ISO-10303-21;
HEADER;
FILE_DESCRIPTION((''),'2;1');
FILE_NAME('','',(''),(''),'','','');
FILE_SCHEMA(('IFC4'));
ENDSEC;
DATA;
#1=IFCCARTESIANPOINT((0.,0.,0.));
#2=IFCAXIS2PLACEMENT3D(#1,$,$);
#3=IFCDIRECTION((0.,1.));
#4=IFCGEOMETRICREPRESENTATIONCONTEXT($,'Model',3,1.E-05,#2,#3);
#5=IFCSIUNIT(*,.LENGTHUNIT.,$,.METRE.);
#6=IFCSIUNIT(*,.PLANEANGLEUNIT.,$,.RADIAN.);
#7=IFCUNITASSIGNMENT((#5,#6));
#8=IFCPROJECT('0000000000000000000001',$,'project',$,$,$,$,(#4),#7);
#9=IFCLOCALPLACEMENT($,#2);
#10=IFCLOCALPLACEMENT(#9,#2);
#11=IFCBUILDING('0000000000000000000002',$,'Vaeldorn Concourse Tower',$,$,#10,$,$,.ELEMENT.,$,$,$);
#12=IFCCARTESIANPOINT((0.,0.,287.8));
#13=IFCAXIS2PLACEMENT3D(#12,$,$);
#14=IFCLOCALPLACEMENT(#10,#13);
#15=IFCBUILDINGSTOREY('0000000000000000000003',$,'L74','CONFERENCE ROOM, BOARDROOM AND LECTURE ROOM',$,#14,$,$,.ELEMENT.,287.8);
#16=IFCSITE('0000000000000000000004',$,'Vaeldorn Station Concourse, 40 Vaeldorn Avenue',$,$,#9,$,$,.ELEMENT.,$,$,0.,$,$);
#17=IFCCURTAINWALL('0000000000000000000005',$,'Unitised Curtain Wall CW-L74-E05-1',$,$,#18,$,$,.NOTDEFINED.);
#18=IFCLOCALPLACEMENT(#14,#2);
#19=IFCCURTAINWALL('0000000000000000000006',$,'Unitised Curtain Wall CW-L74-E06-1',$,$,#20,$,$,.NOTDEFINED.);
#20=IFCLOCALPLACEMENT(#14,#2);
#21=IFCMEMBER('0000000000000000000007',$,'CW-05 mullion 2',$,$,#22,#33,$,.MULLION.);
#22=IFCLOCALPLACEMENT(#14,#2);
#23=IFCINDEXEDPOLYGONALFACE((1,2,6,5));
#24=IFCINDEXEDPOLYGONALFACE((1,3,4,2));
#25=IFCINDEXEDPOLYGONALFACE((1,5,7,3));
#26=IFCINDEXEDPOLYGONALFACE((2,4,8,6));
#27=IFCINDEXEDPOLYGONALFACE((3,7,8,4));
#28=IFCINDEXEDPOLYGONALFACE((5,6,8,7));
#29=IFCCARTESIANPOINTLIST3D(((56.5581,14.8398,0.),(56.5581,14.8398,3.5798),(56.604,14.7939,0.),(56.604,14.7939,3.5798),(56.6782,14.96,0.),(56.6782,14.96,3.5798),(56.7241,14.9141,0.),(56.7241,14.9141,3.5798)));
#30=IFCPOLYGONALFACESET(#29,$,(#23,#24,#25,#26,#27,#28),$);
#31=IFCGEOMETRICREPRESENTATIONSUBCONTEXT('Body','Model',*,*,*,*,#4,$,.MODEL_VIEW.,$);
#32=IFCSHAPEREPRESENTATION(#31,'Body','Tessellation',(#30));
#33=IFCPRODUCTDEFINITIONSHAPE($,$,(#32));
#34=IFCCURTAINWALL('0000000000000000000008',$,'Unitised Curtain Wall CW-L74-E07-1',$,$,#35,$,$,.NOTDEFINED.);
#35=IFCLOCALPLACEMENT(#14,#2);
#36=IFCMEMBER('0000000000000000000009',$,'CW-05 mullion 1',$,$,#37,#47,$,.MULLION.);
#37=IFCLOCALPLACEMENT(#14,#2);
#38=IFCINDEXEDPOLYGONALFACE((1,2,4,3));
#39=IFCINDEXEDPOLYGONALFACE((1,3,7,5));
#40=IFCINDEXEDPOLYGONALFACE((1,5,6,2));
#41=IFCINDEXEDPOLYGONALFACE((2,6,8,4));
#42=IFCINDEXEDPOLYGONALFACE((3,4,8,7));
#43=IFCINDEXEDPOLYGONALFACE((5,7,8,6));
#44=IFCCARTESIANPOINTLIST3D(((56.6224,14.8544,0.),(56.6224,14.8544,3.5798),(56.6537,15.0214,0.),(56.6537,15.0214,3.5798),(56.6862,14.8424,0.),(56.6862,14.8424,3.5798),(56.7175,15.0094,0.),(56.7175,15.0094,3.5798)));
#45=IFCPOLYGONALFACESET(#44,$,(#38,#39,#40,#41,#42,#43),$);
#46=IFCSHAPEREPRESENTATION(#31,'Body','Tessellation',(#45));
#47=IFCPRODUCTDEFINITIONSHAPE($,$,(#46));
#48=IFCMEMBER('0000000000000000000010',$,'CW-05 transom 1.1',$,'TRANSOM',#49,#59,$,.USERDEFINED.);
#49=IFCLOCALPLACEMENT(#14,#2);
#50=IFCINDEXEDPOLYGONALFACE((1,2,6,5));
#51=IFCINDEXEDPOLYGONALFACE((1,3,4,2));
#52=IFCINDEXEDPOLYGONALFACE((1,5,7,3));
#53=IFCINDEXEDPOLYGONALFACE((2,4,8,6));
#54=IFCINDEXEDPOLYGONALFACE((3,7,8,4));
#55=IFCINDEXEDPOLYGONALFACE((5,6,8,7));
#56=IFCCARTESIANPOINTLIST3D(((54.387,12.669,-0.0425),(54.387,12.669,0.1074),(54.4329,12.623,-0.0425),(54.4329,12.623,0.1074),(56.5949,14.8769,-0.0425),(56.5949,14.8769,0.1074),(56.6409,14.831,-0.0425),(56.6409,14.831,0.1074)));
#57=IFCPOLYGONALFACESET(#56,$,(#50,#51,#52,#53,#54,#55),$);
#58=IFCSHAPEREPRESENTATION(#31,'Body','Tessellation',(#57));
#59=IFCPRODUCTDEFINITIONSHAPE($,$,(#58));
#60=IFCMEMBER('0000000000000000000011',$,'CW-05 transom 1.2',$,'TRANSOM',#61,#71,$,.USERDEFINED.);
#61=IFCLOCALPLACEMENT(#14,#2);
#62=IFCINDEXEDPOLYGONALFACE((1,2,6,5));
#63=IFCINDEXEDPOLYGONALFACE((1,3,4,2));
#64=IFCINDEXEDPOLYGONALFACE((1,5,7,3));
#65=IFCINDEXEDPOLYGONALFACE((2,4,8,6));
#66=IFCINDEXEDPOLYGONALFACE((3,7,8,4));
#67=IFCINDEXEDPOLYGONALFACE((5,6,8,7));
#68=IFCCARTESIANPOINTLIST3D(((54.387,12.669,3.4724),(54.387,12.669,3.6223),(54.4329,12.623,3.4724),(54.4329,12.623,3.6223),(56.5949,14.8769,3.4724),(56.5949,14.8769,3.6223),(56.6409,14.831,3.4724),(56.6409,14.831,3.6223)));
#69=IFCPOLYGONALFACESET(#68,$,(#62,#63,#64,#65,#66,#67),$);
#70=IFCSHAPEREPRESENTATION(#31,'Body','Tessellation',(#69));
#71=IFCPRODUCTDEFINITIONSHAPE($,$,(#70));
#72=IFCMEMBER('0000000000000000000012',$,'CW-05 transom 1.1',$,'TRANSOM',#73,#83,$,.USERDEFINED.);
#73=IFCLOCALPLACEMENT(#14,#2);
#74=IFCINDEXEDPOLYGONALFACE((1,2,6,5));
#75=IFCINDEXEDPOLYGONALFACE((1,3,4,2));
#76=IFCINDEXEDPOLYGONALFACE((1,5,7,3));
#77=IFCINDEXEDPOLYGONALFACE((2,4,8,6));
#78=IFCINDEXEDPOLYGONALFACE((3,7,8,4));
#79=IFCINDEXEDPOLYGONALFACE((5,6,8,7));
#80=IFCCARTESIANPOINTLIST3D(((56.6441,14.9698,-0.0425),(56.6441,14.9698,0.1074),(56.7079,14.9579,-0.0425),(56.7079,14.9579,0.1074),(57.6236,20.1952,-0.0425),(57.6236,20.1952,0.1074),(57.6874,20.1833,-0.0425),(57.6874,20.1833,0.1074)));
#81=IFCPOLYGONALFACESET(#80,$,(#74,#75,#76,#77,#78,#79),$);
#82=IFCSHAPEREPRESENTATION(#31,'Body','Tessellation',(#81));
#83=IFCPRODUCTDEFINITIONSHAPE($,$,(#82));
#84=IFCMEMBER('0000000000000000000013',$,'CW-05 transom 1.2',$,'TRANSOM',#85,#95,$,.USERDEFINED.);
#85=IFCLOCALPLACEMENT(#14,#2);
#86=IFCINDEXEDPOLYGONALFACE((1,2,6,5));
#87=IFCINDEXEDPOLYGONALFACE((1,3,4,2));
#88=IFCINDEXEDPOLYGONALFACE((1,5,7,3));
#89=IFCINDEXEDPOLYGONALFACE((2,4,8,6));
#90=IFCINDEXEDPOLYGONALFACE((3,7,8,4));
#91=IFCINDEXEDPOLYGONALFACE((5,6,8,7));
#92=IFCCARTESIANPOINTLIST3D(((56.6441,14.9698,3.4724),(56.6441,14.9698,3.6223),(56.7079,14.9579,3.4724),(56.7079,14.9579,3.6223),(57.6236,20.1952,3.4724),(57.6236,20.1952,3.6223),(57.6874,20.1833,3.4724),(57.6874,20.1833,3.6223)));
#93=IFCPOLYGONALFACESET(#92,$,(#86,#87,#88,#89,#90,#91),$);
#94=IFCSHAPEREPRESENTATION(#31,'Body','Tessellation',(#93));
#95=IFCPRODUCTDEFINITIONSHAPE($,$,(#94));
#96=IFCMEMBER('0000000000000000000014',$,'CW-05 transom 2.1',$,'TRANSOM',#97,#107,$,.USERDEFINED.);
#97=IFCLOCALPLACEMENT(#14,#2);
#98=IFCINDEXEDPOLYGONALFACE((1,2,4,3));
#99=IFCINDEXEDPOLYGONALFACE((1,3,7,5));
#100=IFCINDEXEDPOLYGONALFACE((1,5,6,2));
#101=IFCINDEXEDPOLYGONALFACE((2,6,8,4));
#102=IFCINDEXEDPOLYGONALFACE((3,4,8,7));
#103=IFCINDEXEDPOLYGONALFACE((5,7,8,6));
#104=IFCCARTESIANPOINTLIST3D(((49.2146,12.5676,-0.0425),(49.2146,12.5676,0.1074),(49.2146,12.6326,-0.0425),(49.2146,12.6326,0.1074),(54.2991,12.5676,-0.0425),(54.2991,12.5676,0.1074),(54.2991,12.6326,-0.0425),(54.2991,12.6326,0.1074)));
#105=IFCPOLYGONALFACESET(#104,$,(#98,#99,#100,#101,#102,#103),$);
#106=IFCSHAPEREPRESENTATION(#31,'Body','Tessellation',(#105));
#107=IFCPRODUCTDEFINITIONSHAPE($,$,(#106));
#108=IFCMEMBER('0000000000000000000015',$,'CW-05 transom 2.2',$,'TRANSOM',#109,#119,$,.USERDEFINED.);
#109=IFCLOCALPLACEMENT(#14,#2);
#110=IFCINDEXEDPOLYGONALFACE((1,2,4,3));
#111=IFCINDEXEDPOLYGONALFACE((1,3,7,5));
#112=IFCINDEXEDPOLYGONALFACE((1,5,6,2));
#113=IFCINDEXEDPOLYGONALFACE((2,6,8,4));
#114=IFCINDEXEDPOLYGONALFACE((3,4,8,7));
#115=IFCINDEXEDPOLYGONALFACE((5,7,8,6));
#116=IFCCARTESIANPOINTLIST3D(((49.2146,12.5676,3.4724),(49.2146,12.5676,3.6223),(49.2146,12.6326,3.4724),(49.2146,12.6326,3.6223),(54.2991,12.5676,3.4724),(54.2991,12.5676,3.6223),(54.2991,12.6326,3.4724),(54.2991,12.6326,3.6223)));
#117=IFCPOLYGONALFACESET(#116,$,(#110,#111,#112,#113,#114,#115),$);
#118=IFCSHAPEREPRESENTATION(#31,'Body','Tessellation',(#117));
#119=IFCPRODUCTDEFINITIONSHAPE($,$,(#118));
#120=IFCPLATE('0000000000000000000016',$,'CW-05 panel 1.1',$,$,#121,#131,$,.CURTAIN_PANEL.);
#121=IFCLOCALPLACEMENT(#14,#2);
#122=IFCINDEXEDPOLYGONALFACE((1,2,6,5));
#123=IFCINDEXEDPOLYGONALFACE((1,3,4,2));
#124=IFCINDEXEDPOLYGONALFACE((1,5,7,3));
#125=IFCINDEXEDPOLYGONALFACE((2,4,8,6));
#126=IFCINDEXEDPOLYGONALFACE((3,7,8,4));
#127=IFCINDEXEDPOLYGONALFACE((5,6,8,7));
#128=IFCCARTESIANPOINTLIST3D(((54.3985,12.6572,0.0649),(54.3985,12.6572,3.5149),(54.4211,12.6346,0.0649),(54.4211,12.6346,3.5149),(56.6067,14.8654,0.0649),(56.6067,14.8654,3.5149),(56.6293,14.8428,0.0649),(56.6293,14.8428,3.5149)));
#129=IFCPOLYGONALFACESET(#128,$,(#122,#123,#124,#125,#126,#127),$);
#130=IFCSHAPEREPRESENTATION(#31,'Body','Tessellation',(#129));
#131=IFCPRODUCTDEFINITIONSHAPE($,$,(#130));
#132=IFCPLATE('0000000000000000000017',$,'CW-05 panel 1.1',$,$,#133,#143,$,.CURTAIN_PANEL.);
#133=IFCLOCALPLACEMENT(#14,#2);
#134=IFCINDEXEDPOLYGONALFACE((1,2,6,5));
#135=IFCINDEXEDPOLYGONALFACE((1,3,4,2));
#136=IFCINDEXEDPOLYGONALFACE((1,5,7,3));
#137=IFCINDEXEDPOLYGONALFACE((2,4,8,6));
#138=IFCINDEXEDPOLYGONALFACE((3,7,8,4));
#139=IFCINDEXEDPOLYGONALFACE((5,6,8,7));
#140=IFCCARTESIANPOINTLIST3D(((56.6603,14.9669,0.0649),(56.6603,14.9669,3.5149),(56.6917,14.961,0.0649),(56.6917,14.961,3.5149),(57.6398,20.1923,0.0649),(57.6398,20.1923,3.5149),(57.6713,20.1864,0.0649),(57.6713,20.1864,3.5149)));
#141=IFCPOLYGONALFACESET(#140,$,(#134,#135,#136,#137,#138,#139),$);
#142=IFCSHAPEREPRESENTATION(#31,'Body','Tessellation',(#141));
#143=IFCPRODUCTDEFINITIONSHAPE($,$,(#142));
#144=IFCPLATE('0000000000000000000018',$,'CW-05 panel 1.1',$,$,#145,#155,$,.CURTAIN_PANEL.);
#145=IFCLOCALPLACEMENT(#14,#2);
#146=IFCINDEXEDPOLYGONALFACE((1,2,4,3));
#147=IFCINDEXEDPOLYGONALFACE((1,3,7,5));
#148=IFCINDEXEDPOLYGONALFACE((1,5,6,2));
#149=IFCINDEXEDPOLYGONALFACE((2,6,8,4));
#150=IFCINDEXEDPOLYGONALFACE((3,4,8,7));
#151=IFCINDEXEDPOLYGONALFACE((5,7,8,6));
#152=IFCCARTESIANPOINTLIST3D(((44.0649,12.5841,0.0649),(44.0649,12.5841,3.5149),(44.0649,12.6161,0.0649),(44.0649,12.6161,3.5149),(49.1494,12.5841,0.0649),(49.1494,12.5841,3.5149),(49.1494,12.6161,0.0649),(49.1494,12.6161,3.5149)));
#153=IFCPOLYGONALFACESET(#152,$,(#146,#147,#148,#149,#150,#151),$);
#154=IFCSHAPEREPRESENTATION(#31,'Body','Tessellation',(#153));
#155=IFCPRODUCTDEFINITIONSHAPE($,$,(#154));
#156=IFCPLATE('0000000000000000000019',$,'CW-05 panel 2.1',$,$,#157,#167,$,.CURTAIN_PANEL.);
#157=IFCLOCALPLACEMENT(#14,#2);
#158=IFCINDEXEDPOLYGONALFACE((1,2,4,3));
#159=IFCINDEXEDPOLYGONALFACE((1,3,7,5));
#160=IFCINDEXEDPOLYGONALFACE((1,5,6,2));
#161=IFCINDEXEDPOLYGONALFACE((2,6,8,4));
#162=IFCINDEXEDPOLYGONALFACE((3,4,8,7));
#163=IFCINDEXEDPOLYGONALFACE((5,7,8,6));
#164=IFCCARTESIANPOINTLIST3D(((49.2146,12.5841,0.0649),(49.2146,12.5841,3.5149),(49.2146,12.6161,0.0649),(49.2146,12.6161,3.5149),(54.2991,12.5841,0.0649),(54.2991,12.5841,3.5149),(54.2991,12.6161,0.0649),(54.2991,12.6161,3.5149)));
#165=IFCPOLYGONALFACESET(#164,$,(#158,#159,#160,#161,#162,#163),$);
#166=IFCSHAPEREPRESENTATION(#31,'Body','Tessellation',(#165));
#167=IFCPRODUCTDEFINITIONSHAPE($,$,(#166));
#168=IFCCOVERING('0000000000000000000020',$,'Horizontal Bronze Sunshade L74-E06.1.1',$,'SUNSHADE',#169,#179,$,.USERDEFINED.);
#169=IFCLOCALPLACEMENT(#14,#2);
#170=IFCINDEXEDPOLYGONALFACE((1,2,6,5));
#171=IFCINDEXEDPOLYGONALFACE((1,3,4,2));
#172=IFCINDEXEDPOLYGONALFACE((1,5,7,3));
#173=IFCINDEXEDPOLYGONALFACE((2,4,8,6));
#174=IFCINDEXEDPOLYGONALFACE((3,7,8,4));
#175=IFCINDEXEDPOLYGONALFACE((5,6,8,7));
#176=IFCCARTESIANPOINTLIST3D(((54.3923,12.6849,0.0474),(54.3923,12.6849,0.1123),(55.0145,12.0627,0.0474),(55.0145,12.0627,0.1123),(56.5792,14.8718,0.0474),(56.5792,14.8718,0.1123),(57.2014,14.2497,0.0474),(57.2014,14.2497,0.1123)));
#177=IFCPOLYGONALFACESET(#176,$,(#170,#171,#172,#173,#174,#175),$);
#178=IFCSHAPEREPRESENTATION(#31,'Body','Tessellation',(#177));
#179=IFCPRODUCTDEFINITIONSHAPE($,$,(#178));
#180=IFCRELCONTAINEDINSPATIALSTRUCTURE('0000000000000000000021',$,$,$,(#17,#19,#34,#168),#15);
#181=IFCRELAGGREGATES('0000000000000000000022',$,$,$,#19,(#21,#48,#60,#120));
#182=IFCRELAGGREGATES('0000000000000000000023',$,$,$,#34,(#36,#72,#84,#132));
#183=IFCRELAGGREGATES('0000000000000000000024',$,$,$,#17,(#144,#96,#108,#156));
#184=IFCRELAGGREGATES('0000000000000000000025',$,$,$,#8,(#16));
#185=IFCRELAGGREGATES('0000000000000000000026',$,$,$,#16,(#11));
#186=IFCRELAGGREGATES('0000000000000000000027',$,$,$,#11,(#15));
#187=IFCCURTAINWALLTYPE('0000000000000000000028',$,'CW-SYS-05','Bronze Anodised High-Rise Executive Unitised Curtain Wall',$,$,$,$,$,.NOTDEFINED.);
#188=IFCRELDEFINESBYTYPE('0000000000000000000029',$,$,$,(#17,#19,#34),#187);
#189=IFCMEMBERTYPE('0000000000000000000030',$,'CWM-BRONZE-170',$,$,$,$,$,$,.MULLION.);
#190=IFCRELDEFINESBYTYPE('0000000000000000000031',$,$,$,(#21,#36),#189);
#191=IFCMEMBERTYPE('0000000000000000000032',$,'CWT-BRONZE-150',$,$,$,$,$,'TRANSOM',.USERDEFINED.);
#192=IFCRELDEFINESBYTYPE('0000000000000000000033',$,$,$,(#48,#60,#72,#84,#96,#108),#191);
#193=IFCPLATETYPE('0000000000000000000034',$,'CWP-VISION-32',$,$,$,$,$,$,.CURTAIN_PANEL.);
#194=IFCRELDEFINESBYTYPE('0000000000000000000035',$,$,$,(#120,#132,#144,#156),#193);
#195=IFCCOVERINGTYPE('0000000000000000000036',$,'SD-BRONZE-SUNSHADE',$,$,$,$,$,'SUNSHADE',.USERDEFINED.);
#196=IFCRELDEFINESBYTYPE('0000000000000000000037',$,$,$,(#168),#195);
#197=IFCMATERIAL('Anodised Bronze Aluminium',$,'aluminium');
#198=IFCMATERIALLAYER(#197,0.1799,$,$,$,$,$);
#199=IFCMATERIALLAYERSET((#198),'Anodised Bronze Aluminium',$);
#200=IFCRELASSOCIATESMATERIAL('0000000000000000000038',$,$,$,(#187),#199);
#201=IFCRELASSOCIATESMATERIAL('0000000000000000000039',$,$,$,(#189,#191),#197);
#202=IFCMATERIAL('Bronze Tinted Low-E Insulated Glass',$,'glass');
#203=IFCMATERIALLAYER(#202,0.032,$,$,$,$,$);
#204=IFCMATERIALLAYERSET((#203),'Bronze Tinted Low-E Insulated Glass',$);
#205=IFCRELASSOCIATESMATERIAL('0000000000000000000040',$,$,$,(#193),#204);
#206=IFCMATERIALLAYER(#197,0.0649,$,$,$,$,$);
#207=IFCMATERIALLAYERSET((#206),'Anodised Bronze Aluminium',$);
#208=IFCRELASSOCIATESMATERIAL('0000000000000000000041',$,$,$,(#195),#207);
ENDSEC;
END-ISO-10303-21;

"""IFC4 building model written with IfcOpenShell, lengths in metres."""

from ifc_helpers import new_model, si_unit, direction, frame, origin, origin_2d, place, context, subcontext, project, spatial, rectangle, extrude, source, transform, mapped, material, layer, layer_set, material_profile, profile_set, type_object, element, aggregate, save


model = new_model("IFC4")

# Units and contexts
model_context = context("Model", 3, precision=1e-05, world=origin(), true_north=direction((0.0, 1.0)))
body_context = subcontext(model_context, "Body", "Model", "MODEL_VIEW")
ifc_project = project(units=[si_unit("LENGTHUNIT", "METRE"), si_unit("PLANEANGLEUNIT", "RADIAN")], contexts=[model_context])

# Site, building, storey
site_placement = place(None, origin())
site = spatial("IfcSite", under=ifc_project, at=site_placement, Name="Vaeldorn Station Concourse, 40 Vaeldorn Avenue", CompositionType="ELEMENT", RefElevation=0.0)
building_placement = place(site_placement, origin())
building = spatial("IfcBuilding", under=site, at=building_placement, Name="Vaeldorn Concourse Tower", CompositionType="ELEMENT")
storey_placement = place(building_placement, frame((0.0, 0.0, 287.8)))
storey = spatial("IfcBuildingStorey", under=building, at=storey_placement, Name="L74", Description="CONFERENCE ROOM, BOARDROOM AND LECTURE ROOM", CompositionType="ELEMENT", Elevation=287.8)

# Curtain walls, member
ifc_material_1 = material(Name="Anodised Bronze Aluminium", Category="aluminium")
ifc_layer_1 = layer(ifc_material_1, 0.1799)
ifc_layer_set_1 = layer_set([ifc_layer_1], Name="Anodised Bronze Aluminium")
curtain_wall_type = type_object("IfcCurtainWallType", Name="CW-SYS-05", Description="Bronze Anodised High-Rise Executive Unitised Curtain Wall", PredefinedType="NOTDEFINED", material=ifc_layer_set_1)
curtain_wall_1_placement = place(storey_placement, origin())
curtain_wall_1 = element("IfcCurtainWall", 1, at=curtain_wall_1_placement, inside=storey, type_object=curtain_wall_type, Name="Unitised Curtain Wall CW-L74-E05-1", PredefinedType="NOTDEFINED")
ifc_material_profile_1 = material_profile(ifc_material_1, rectangle(XDim=0.0649, YDim=0.1699, at=origin_2d()), Name="CWM 65x170")
ifc_profile_set_1 = profile_set([ifc_material_profile_1], Name="Anodised Bronze Aluminium")
member_type_1 = type_object("IfcMemberType", Name="CWM-BRONZE-170", PredefinedType="MULLION", material=ifc_profile_set_1)
shared_shape_1 = source(origin(), body_context, "Body", "SweptSolid", [
    extrude(rectangle(XDim=0.0649, YDim=0.1699, at=origin_2d()), origin(), (0.0, 0.0, 1.0), 3.5798),
])
curtain_wall_2_placement = place(storey_placement, origin())
curtain_wall_2 = element("IfcCurtainWall", 2, at=curtain_wall_2_placement, inside=storey, type_object=curtain_wall_type, Name="Unitised Curtain Wall CW-L74-E06-1", PredefinedType="NOTDEFINED")
member_1_placement = place(storey_placement, frame((56.6411, 14.877, 0.0), z_axis=(0.0, 0.0, 1.0), x_axis=(-0.707107, 0.707107, 0.0)))
member_1 = element("IfcMember", 3, at=member_1_placement, type_object=member_type_1, Name="CW-05 mullion 2", PredefinedType="MULLION", context=body_context, shape_type="MappedRepresentation", body=[
    mapped(shared_shape_1, transform((0.0, 0.0, 0.0), scale=1.0)),
])

# Curtain wall, member
curtain_wall_3_placement = place(storey_placement, origin())
curtain_wall_3 = element("IfcCurtainWall", 4, at=curtain_wall_3_placement, inside=storey, type_object=curtain_wall_type, Name="Unitised Curtain Wall CW-L74-E07-1", PredefinedType="NOTDEFINED")
member_2_placement = place(storey_placement, frame((56.6699, 14.9319, 0.0), z_axis=(0.0, 0.0, 1.0), x_axis=(-0.98288, 0.184247, 0.0)))
member_2 = element("IfcMember", 5, at=member_2_placement, type_object=member_type_1, Name="CW-05 mullion 1", PredefinedType="MULLION", context=body_context, shape_type="MappedRepresentation", body=[
    mapped(shared_shape_1, transform((0.0, 0.0, 0.0), scale=1.0)),
])

# Members
ifc_material_profile_2 = material_profile(ifc_material_1, rectangle(XDim=0.0649, YDim=0.1499, at=origin_2d()), Name="CWT 65x150")
ifc_profile_set_2 = profile_set([ifc_material_profile_2], Name="Anodised Bronze Aluminium")
member_type_2 = type_object("IfcMemberType", Name="CWT-BRONZE-150", ElementType="TRANSOM", PredefinedType="USERDEFINED", material=ifc_profile_set_2)
shared_shape_2 = source(origin(), body_context, "Body", "SweptSolid", [
    extrude(rectangle(XDim=0.0649, YDim=0.1499, at=origin_2d()), origin(), (0.0, 0.0, 1.0), 3.1226),
])
member_3_placement = place(storey_placement, frame((54.4099, 12.646, 0.0325), z_axis=(0.707107, 0.707107, 0.0), x_axis=(-0.707107, 0.707107, 0.0)))
member_3 = element("IfcMember", 6, at=member_3_placement, type_object=member_type_2, Name="CW-05 transom 1.1", ObjectType="TRANSOM", PredefinedType="USERDEFINED", context=body_context, shape_type="MappedRepresentation", body=[
    mapped(shared_shape_2, transform((0.0, 0.0, 0.0), scale=1.0)),
])
member_4_placement = place(storey_placement, frame((54.4099, 12.646, 3.5474), z_axis=(0.707107, 0.707107, 0.0), x_axis=(-0.707107, 0.707107, 0.0)))
member_4 = element("IfcMember", 7, at=member_4_placement, type_object=member_type_2, Name="CW-05 transom 1.2", ObjectType="TRANSOM", PredefinedType="USERDEFINED", context=body_context, shape_type="MappedRepresentation", body=[
    mapped(shared_shape_2, transform((0.0, 0.0, 0.0), scale=1.0)),
])
shared_shape_3 = source(origin(), body_context, "Body", "SweptSolid", [
    extrude(rectangle(XDim=0.0649, YDim=0.1499, at=origin_2d()), origin(), (0.0, 0.0, 1.0), 5.3164),
])
member_5_placement = place(storey_placement, frame((56.676, 14.9639, 0.0325), z_axis=(0.184241, 0.982881, 0.0), x_axis=(-0.982881, 0.184241, 0.0)))
member_5 = element("IfcMember", 8, at=member_5_placement, type_object=member_type_2, Name="CW-05 transom 1.1", ObjectType="TRANSOM", PredefinedType="USERDEFINED", context=body_context, shape_type="MappedRepresentation", body=[
    mapped(shared_shape_3, transform((0.0, 0.0, 0.0), scale=1.0)),
])
member_6_placement = place(storey_placement, frame((56.676, 14.9639, 3.5474), z_axis=(0.184241, 0.982881, 0.0), x_axis=(-0.982881, 0.184241, 0.0)))
member_6 = element("IfcMember", 9, at=member_6_placement, type_object=member_type_2, Name="CW-05 transom 1.2", ObjectType="TRANSOM", PredefinedType="USERDEFINED", context=body_context, shape_type="MappedRepresentation", body=[
    mapped(shared_shape_3, transform((0.0, 0.0, 0.0), scale=1.0)),
])
shared_shape_4 = source(origin(), body_context, "Body", "SweptSolid", [
    extrude(rectangle(XDim=0.0649, YDim=0.1499, at=origin_2d()), origin(), (0.0, 0.0, 1.0), 5.0845),
])
member_7_placement = place(storey_placement, frame((49.2146, 12.6001, 0.0325), z_axis=(1.0, 0.0, 0.0), x_axis=(0.0, 1.0, 0.0)))
member_7 = element("IfcMember", 10, at=member_7_placement, type_object=member_type_2, Name="CW-05 transom 2.1", ObjectType="TRANSOM", PredefinedType="USERDEFINED", context=body_context, shape_type="MappedRepresentation", body=[
    mapped(shared_shape_4, transform((0.0, 0.0, 0.0), scale=1.0)),
])
member_8_placement = place(storey_placement, frame((49.2146, 12.6001, 3.5474), z_axis=(1.0, 0.0, 0.0), x_axis=(0.0, 1.0, 0.0)))
member_8 = element("IfcMember", 11, at=member_8_placement, type_object=member_type_2, Name="CW-05 transom 2.2", ObjectType="TRANSOM", PredefinedType="USERDEFINED", context=body_context, shape_type="MappedRepresentation", body=[
    mapped(shared_shape_4, transform((0.0, 0.0, 0.0), scale=1.0)),
])

# Plates
ifc_material_2 = material(Name="Bronze Tinted Low-E Insulated Glass", Category="glass")
ifc_layer_2 = layer(ifc_material_2, 0.032)
ifc_layer_set_2 = layer_set([ifc_layer_2], Name="Bronze Tinted Low-E Insulated Glass")
plate_type = type_object("IfcPlateType", Name="CWP-VISION-32", PredefinedType="CURTAIN_PANEL", material=ifc_layer_set_2)
shared_shape_5 = source(origin(), body_context, "Body", "SweptSolid", [
    extrude(rectangle(XDim=3.1228, YDim=0.032, at=origin_2d()), origin(), (0.0, 0.0, 1.0), 3.45),
])
plate_1_placement = place(storey_placement, frame((55.5139, 13.75, 0.0649), z_axis=(0.0, 0.0, 1.0), x_axis=(0.707107, 0.707107, 0.0)))
plate_1 = element("IfcPlate", 12, at=plate_1_placement, type_object=plate_type, Name="CW-05 panel 1.1", PredefinedType="CURTAIN_PANEL", context=body_context, shape_type="MappedRepresentation", body=[
    mapped(shared_shape_5, transform((0.0, 0.0, 0.0), scale=1.0)),
])
aggregate(curtain_wall_2, [member_1, member_3, member_4, plate_1])
shared_shape_6 = source(origin(), body_context, "Body", "SweptSolid", [
    extrude(rectangle(XDim=5.3164, YDim=0.032, at=origin_2d()), origin(), (0.0, 0.0, 1.0), 3.45),
])
plate_2_placement = place(storey_placement, frame((57.1658, 17.5767, 0.0649), z_axis=(0.0, 0.0, 1.0), x_axis=(0.184247, 0.98288, 0.0)))
plate_2 = element("IfcPlate", 13, at=plate_2_placement, type_object=plate_type, Name="CW-05 panel 1.1", PredefinedType="CURTAIN_PANEL", context=body_context, shape_type="MappedRepresentation", body=[
    mapped(shared_shape_6, transform((0.0, 0.0, 0.0), scale=1.0)),
])
aggregate(curtain_wall_3, [member_2, member_5, member_6, plate_2])
shared_shape_7 = source(origin(), body_context, "Body", "SweptSolid", [
    extrude(rectangle(XDim=5.0845, YDim=0.032, at=origin_2d()), origin(), (0.0, 0.0, 1.0), 3.45),
])
plate_3_placement = place(storey_placement, frame((46.6072, 12.6001, 0.0649), z_axis=(0.0, 0.0, 1.0), x_axis=(1.0, 0.0, 0.0)))
plate_3 = element("IfcPlate", 14, at=plate_3_placement, type_object=plate_type, Name="CW-05 panel 1.1", PredefinedType="CURTAIN_PANEL", context=body_context, shape_type="MappedRepresentation", body=[
    mapped(shared_shape_7, transform((0.0, 0.0, 0.0), scale=1.0)),
])
plate_4_placement = place(storey_placement, frame((51.7568, 12.6001, 0.0649), z_axis=(0.0, 0.0, 1.0), x_axis=(1.0, 0.0, 0.0)))
plate_4 = element("IfcPlate", 15, at=plate_4_placement, type_object=plate_type, Name="CW-05 panel 2.1", PredefinedType="CURTAIN_PANEL", context=body_context, shape_type="MappedRepresentation", body=[
    mapped(shared_shape_7, transform((0.0, 0.0, 0.0), scale=1.0)),
])
aggregate(curtain_wall_1, [plate_3, member_7, member_8, plate_4])

# Covering
ifc_layer_3 = layer(ifc_material_1, 0.0649)
ifc_layer_set_3 = layer_set([ifc_layer_3], Name="Anodised Bronze Aluminium")
covering_type = type_object("IfcCoveringType", Name="SD-BRONZE-SUNSHADE", ElementType="SUNSHADE", PredefinedType="USERDEFINED", material=ifc_layer_set_3)
shared_shape_8 = source(origin(), body_context, "Body", "SweptSolid", [
    extrude(rectangle(XDim=3.0928, YDim=0.8799, at=origin_2d()), origin(), (0.0, 0.0, 1.0), 0.0649),
])
for number, where, z_axis, x_axis, name in (
    (16, (55.7969, 13.4673, 0.0474), (0.0, 0.0, 1.0), (0.707107, 0.707107, 0.0), "Horizontal Bronze Sunshade L74-E06.1.1"),
):
    element("IfcCovering", number, at=place(storey_placement, frame(where, z_axis=z_axis, x_axis=x_axis)), inside=storey, type_object=covering_type, Name=name, ObjectType="SUNSHADE", PredefinedType="USERDEFINED", context=body_context, shape_type="MappedRepresentation", body=[
        mapped(shared_shape_8, transform((0.0, 0.0, 0.0), scale=1.0)),
    ])

save(model, "model.ifc")
